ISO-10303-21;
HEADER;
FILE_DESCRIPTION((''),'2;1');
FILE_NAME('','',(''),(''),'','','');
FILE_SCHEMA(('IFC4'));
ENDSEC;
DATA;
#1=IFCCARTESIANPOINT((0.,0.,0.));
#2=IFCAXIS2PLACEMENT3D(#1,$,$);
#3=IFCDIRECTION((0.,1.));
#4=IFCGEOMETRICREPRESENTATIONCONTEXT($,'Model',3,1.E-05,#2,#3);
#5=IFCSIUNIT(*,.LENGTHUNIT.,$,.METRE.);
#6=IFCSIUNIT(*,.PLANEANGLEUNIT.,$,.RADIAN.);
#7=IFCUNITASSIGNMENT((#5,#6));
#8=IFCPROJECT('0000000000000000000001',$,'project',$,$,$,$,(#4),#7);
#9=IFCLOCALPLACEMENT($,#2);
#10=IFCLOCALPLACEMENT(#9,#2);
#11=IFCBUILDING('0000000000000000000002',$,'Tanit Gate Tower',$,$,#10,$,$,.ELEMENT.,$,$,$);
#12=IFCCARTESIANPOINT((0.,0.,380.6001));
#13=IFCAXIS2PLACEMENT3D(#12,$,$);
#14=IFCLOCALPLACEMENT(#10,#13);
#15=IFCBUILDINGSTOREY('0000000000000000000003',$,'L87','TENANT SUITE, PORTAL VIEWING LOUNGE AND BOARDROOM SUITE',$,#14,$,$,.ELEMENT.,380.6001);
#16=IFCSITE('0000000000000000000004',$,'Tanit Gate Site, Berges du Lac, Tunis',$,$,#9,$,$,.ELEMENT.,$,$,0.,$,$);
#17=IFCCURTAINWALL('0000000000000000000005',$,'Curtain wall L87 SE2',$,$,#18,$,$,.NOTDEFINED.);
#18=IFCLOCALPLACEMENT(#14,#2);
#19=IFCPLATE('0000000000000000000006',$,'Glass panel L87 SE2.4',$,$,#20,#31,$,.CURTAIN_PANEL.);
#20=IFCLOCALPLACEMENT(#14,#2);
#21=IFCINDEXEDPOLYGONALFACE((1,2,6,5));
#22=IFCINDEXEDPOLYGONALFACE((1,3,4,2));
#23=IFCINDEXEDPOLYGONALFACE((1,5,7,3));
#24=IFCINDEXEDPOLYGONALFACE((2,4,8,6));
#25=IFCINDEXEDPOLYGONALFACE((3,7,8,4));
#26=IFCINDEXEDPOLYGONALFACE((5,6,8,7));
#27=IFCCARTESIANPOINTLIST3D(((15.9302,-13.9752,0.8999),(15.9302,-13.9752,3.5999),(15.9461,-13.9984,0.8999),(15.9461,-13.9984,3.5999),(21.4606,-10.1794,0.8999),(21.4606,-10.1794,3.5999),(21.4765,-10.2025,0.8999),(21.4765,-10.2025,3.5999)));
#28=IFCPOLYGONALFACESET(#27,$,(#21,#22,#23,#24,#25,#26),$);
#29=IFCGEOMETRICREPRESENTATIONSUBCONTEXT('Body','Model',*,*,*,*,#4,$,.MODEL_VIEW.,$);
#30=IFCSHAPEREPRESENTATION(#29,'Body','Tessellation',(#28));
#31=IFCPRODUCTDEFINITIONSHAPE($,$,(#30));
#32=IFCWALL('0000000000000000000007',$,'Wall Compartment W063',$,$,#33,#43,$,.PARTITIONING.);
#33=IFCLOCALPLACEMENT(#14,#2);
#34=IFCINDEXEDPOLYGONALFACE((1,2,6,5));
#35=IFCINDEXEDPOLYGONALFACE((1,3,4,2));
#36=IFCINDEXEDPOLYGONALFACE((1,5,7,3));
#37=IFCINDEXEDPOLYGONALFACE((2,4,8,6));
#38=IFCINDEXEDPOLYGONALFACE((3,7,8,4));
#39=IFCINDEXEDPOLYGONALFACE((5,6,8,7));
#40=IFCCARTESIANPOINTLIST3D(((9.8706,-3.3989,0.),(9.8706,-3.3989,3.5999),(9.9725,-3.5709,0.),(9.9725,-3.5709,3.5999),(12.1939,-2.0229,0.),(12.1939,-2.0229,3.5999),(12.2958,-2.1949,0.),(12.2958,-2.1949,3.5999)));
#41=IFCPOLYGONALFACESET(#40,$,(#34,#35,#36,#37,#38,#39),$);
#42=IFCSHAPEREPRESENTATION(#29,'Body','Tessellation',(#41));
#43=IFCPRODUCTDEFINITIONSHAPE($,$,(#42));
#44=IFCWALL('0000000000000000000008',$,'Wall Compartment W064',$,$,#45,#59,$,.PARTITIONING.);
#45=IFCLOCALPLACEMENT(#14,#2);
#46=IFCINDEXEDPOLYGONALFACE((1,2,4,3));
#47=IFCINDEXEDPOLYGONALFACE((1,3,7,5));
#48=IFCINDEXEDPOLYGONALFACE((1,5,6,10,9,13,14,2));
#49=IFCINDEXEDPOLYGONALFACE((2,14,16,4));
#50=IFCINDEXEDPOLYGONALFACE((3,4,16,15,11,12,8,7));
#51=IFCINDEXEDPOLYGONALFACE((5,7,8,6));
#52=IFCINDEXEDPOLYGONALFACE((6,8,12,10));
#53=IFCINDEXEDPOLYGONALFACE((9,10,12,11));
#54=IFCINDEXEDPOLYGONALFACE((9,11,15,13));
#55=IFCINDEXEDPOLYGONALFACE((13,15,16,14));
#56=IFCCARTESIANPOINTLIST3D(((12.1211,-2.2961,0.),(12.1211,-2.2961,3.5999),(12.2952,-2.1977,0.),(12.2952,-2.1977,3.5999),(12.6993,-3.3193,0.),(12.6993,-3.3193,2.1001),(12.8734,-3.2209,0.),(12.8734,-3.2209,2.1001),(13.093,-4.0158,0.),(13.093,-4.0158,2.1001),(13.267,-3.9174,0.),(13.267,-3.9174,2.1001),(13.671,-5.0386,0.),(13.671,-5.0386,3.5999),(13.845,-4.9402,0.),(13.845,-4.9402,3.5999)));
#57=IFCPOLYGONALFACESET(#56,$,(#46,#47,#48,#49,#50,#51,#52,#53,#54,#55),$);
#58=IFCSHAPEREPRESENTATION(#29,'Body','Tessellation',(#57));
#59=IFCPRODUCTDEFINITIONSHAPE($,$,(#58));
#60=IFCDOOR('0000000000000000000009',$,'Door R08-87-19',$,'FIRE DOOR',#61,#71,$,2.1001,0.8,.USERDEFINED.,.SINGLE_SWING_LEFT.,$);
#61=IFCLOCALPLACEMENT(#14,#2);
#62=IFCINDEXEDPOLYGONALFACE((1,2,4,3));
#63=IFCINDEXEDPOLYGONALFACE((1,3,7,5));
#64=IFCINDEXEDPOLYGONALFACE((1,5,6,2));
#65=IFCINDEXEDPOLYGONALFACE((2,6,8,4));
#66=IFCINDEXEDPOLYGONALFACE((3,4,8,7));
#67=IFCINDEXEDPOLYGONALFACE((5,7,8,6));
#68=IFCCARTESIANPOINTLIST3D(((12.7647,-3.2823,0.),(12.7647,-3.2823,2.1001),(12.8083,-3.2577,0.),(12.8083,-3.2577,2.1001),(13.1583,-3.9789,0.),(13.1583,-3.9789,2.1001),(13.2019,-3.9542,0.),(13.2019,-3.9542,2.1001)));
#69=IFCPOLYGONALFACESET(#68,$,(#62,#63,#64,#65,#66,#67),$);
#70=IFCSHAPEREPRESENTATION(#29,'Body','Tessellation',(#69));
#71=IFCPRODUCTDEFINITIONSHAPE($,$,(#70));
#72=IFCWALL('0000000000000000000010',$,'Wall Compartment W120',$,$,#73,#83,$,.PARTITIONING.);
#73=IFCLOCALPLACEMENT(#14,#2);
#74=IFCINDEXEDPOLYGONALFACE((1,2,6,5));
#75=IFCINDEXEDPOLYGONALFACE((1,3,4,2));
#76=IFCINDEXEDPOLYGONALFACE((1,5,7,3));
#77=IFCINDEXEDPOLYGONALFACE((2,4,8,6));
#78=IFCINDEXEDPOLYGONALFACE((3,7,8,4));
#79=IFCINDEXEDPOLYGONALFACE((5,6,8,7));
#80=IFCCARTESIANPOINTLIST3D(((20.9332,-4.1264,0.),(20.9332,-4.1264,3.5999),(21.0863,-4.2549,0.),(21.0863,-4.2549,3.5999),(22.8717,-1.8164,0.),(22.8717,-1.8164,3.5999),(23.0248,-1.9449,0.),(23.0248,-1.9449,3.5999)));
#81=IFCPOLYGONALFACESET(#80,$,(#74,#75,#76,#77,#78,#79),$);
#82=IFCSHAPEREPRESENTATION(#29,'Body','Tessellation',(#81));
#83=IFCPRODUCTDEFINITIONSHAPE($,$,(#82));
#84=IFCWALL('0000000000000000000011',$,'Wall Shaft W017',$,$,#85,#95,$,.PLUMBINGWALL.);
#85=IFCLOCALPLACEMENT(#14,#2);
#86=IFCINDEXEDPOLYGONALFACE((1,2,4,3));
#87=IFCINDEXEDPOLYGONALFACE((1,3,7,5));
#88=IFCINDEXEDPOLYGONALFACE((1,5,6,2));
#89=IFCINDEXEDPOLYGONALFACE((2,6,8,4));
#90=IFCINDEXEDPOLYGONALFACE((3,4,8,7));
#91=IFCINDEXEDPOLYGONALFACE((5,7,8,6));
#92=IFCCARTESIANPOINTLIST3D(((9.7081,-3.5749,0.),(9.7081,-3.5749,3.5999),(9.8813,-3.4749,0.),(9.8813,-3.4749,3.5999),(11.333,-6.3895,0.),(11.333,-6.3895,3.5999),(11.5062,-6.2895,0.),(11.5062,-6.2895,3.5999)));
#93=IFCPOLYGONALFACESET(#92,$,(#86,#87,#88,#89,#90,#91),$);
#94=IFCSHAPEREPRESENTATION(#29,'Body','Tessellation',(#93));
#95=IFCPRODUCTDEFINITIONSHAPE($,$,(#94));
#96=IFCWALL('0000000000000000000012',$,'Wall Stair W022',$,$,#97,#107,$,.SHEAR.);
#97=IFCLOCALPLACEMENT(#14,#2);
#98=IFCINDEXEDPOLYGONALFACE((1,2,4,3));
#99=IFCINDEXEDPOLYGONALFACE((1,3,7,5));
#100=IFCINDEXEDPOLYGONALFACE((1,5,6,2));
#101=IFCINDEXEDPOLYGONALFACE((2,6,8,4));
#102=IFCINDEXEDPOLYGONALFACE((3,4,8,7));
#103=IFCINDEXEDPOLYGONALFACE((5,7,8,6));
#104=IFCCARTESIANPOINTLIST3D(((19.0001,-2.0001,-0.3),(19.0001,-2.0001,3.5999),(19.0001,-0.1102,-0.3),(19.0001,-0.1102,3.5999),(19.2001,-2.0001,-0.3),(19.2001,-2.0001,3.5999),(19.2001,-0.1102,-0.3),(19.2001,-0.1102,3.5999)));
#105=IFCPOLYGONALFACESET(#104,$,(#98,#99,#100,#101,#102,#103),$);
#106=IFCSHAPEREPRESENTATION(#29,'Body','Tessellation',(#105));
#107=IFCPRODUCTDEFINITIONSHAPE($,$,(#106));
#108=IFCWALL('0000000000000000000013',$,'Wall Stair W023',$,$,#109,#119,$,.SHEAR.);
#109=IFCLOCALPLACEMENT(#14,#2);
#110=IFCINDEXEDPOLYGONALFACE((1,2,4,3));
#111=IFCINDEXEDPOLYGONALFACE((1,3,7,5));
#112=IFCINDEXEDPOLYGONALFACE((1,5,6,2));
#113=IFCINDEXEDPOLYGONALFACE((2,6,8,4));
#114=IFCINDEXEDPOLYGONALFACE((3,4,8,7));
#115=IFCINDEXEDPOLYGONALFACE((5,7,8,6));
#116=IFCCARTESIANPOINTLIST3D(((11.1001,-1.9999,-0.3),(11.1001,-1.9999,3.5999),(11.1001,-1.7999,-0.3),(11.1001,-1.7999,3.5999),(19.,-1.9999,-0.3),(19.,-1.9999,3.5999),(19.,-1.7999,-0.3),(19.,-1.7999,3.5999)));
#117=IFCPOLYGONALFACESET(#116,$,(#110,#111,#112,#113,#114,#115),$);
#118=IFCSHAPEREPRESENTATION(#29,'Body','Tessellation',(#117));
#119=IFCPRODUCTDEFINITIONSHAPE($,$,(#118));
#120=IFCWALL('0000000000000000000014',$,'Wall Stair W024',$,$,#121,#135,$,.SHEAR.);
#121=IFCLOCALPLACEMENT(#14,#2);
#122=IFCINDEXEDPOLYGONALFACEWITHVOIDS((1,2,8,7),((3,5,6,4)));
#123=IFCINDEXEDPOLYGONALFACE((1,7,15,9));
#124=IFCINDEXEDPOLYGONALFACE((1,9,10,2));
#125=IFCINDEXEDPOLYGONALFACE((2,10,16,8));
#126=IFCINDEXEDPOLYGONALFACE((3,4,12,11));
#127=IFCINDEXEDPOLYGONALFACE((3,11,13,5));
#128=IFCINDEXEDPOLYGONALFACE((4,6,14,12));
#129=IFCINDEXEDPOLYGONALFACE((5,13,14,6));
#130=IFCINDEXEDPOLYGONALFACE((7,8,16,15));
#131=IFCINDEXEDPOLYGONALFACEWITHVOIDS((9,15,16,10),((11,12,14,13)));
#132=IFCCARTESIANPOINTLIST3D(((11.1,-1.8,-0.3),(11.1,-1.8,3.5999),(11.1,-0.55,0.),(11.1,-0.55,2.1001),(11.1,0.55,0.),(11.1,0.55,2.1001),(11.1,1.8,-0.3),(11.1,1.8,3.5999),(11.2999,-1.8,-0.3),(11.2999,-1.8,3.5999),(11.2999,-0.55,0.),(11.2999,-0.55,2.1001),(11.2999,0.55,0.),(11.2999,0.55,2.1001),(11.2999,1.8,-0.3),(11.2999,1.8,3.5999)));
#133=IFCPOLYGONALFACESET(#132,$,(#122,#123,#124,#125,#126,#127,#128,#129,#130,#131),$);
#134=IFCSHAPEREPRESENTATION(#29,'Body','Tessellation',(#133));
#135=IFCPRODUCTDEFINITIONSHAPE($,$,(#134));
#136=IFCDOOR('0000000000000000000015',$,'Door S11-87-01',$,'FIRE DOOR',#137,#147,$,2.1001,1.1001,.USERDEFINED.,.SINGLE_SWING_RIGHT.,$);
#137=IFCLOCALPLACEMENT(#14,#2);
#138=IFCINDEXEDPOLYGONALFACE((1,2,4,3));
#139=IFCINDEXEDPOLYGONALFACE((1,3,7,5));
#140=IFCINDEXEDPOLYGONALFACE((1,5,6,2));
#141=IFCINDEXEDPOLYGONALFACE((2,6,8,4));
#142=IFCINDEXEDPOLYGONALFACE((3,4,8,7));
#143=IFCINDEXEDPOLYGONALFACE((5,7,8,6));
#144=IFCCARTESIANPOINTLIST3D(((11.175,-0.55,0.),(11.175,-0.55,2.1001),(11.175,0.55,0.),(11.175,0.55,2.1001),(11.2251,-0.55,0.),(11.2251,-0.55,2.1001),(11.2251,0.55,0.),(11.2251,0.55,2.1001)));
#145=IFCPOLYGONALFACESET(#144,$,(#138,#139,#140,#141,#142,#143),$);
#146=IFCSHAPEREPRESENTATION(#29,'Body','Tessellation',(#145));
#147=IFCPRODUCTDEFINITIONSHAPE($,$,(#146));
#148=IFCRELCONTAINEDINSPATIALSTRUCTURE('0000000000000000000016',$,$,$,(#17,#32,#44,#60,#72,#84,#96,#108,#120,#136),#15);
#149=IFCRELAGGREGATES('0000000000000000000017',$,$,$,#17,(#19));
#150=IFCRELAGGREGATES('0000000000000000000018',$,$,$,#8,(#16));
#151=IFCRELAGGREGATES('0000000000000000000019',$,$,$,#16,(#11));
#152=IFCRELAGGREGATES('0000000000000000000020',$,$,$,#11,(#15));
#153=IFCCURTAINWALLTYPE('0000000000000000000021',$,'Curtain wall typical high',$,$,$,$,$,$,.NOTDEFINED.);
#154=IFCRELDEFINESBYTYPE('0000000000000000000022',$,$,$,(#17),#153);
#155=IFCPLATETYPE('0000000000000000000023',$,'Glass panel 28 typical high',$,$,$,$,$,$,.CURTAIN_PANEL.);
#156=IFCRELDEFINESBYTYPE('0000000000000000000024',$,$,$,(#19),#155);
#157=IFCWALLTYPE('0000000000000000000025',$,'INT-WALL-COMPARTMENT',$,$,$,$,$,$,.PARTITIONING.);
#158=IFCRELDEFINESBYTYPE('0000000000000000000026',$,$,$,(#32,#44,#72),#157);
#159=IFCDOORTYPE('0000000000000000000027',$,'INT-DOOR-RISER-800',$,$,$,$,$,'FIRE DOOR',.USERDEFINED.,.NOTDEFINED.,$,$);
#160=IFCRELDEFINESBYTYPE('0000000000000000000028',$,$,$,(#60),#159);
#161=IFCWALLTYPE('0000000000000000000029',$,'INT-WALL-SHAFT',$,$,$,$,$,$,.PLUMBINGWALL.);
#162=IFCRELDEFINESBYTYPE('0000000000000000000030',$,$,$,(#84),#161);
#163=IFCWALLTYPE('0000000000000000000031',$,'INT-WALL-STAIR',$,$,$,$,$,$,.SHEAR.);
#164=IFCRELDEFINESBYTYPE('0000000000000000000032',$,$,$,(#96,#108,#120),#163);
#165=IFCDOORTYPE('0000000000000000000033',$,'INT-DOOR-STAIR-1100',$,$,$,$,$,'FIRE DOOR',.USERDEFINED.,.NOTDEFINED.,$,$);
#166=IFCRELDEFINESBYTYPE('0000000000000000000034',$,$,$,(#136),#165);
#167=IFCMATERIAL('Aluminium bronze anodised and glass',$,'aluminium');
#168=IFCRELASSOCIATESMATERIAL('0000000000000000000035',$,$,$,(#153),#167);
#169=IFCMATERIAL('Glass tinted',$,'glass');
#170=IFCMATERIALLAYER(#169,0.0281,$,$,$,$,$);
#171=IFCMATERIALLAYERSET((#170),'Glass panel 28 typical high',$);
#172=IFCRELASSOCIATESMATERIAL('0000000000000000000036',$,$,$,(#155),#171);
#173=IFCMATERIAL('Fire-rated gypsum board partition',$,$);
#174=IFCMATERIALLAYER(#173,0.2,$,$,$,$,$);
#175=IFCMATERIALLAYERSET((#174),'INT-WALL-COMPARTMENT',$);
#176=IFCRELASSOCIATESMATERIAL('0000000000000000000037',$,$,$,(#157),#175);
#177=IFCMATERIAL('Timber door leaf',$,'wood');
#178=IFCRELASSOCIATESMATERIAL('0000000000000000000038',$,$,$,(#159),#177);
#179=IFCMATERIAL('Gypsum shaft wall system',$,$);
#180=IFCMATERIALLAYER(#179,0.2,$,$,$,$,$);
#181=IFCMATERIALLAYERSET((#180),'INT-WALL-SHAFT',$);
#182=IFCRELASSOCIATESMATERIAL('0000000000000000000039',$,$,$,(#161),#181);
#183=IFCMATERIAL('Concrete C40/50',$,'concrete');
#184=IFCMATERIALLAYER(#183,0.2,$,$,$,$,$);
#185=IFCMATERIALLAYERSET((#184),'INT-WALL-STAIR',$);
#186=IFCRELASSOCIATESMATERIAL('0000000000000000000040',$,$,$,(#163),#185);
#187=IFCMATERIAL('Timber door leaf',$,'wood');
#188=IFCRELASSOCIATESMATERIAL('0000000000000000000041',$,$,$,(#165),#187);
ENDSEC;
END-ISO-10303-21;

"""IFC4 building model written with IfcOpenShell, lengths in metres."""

from ifc_helpers import new_model, si_unit, direction, frame, frame_2d, origin, origin_2d, place, context, subcontext, project, spatial, rectangle, extrude, material, layer, layer_set, type_object, element, fill, aggregate, save


model = new_model("IFC4")

# Units and contexts
model_context = context("Model", 3, precision=1e-05, world=origin(), true_north=direction((0.0, 1.0)))
body_context = subcontext(model_context, "Body", "Model", "MODEL_VIEW")
ifc_project = project(units=[si_unit("LENGTHUNIT", "METRE"), si_unit("PLANEANGLEUNIT", "RADIAN")], contexts=[model_context])

# Site, building, storey
site_placement = place(None, origin())
site = spatial("IfcSite", under=ifc_project, at=site_placement, Name="Tanit Gate Site, Berges du Lac, Tunis", CompositionType="ELEMENT", RefElevation=0.0)
building_placement = place(site_placement, origin())
building = spatial("IfcBuilding", under=site, at=building_placement, Name="Tanit Gate Tower", CompositionType="ELEMENT")
storey_placement = place(building_placement, frame((0.0, 0.0, 380.6001)))
storey = spatial("IfcBuildingStorey", under=building, at=storey_placement, Name="L87", Description="TENANT SUITE, PORTAL VIEWING LOUNGE AND BOARDROOM SUITE", CompositionType="ELEMENT", Elevation=380.6001)

# Curtain wall
ifc_material_1 = material(Name="Aluminium bronze anodised and glass", Category="aluminium")
curtain_wall_type = type_object("IfcCurtainWallType", Name="Curtain wall typical high", PredefinedType="NOTDEFINED", material=ifc_material_1)
curtain_wall_placement = place(storey_placement, origin())
curtain_wall = element("IfcCurtainWall", 1, at=curtain_wall_placement, inside=storey, type_object=curtain_wall_type, Name="Curtain wall L87 SE2", PredefinedType="NOTDEFINED")

# Plate
ifc_material_2 = material(Name="Glass tinted", Category="glass")
ifc_layer_1 = layer(ifc_material_2, 0.0281)
ifc_layer_set_1 = layer_set([ifc_layer_1], Name="Glass panel 28 typical high")
plate_type = type_object("IfcPlateType", Name="Glass panel 28 typical high", PredefinedType="CURTAIN_PANEL", material=ifc_layer_set_1)
plate_1_placement = place(storey_placement, frame((18.7034, -12.0889, 0.8999), z_axis=(0.0, 0.0, 1.0), x_axis=(0.824479, 0.565893, 0.0)))
plate_1 = element("IfcPlate", 2, at=plate_1_placement, type_object=plate_type, Name="Glass panel L87 SE2.4", PredefinedType="CURTAIN_PANEL", context=body_context, shape_type="SweptSolid", body=[
    extrude(rectangle(XDim=6.7078, YDim=0.0281, at=origin_2d()), origin(), (0.0, 0.0, 1.0), 2.7),
])
aggregate(curtain_wall, [plate_1])

# Wall
ifc_material_3 = material(Name="Fire-rated gypsum board partition")
ifc_layer_2 = layer(ifc_material_3, 0.2)
ifc_layer_set_2 = layer_set([ifc_layer_2], Name="INT-WALL-COMPARTMENT")
wall_type_1 = type_object("IfcWallType", Name="INT-WALL-COMPARTMENT", PredefinedType="PARTITIONING", material=ifc_layer_set_2)
wall_1_placement = place(storey_placement, frame((12.2449, -2.1089, 0.0), z_axis=(0.0, 0.0, 1.0), x_axis=(-0.860415, -0.509594, 0.0)))
element("IfcWall", 3, at=wall_1_placement, inside=storey, type_object=wall_type_1, Name="Wall Compartment W063", PredefinedType="PARTITIONING", context=body_context, shape_type="SweptSolid", body=[
    extrude(rectangle(XDim=2.7002, YDim=0.2, at=frame_2d((1.3501, 0.0))), origin(), (0.0, 0.0, 1.0), 3.5999),
])

# Wall, opening, door
wall_2_placement = place(storey_placement, frame((13.7581, -4.9895, 0.0), z_axis=(0.0, 0.0, 1.0), x_axis=(-0.491993, 0.870599, 0.0)))
wall_2 = element("IfcWall", 4, at=wall_2_placement, inside=storey, type_object=wall_type_1, Name="Wall Compartment W064", PredefinedType="PARTITIONING", context=body_context, shape_type="SweptSolid", body=[
    extrude(rectangle(XDim=3.1501, YDim=0.2, at=frame_2d((1.5752, 0.0))), origin(), (0.0, 0.0, 1.0), 3.5999),
])
opening_1_placement = place(wall_2_placement, frame((1.175, 0.0, 0.0)))
opening_1 = element("IfcOpeningElement", 5, at=opening_1_placement, cuts=wall_2, PredefinedType="OPENING", context=body_context, shape_type="SweptSolid", body=[
    extrude(rectangle(XDim=0.8, YDim=2.1001, at=frame_2d((0.3999, 1.05))), frame((0.0, 0.1099, 0.0), z_axis=(0.0, -1.0, 0.0), x_axis=(1.0, 0.0, 0.0)), (0.0, 0.0, 1.0), 0.22),
])
ifc_material_4 = material(Name="Timber door leaf", Category="wood")
door_type_1 = type_object("IfcDoorType", Name="INT-DOOR-RISER-800", ElementType="FIRE DOOR", OperationType="NOTDEFINED", PredefinedType="USERDEFINED", material=ifc_material_4)
door_1_placement = place(opening_1_placement, origin())
door_1 = element("IfcDoor", 6, at=door_1_placement, inside=storey, type_object=door_type_1, Name="Door R08-87-19", ObjectType="FIRE DOOR", OperationType="SINGLE_SWING_LEFT", OverallHeight=2.1001, OverallWidth=0.8, PredefinedType="USERDEFINED", context=body_context, shape_type="SweptSolid", body=[
    extrude(rectangle(XDim=0.8, YDim=2.1001, at=frame_2d((0.3999, 1.05))), frame((0.0, 0.0249, 0.0), z_axis=(0.0, -1.0, 0.0), x_axis=(1.0, 0.0, 0.0)), (0.0, 0.0, 1.0), 0.05),
])
fill(opening_1, door_1)

# Walls
wall_3_placement = place(storey_placement, frame((21.0098, -4.1907, 0.0), z_axis=(0.0, 0.0, 1.0), x_axis=(0.642808, 0.766027, 0.0)))
element("IfcWall", 7, at=wall_3_placement, inside=storey, type_object=wall_type_1, Name="Wall Compartment W120", PredefinedType="PARTITIONING", context=body_context, shape_type="SweptSolid", body=[
    extrude(rectangle(XDim=3.0156, YDim=0.2, at=frame_2d((1.5078, 0.0))), origin(), (0.0, 0.0, 1.0), 3.5999),
])
ifc_material_5 = material(Name="Gypsum shaft wall system")
ifc_layer_3 = layer(ifc_material_5, 0.2)
ifc_layer_set_3 = layer_set([ifc_layer_3], Name="INT-WALL-SHAFT")
wall_type_2 = type_object("IfcWallType", Name="INT-WALL-SHAFT", PredefinedType="PLUMBINGWALL", material=ifc_layer_set_3)
wall_4_placement = place(storey_placement, frame((9.7947, -3.5249, 0.0), z_axis=(0.0, 0.0, 1.0), x_axis=(0.499985, -0.866034, 0.0)))
element("IfcWall", 8, at=wall_4_placement, inside=storey, type_object=wall_type_2, Name="Wall Shaft W017", PredefinedType="PLUMBINGWALL", context=body_context, shape_type="SweptSolid", body=[
    extrude(rectangle(XDim=3.25, YDim=0.2, at=frame_2d((1.625, 0.0))), origin(), (0.0, 0.0, 1.0), 3.5999),
])
ifc_material_6 = material(Name="Concrete C40/50", Category="concrete")
ifc_layer_4 = layer(ifc_material_6, 0.2)
ifc_layer_set_4 = layer_set([ifc_layer_4], Name="INT-WALL-STAIR")
wall_type_3 = type_object("IfcWallType", Name="INT-WALL-STAIR", PredefinedType="SHEAR", material=ifc_layer_set_4)
wall_5_placement = place(storey_placement, frame((19.1001, -2.0, -0.3), z_axis=(0.0, 0.0, 1.0), x_axis=(0.0, 1.0, 0.0)))
element("IfcWall", 9, at=wall_5_placement, inside=storey, type_object=wall_type_3, Name="Wall Stair W022", PredefinedType="SHEAR", context=body_context, shape_type="SweptSolid", body=[
    extrude(rectangle(XDim=1.8899, YDim=0.2, at=frame_2d((0.9448, 0.0))), origin(), (0.0, 0.0, 1.0), 3.8999),
])
wall_6_placement = place(storey_placement, frame((11.1001, -1.8999, -0.3), z_axis=(0.0, 0.0, 1.0), x_axis=(1.0, 0.0, 0.0)))
element("IfcWall", 10, at=wall_6_placement, inside=storey, type_object=wall_type_3, Name="Wall Stair W023", PredefinedType="SHEAR", context=body_context, shape_type="SweptSolid", body=[
    extrude(rectangle(XDim=7.8999, YDim=0.2, at=frame_2d((3.95, 0.0))), origin(), (0.0, 0.0, 1.0), 3.8999),
])

# Wall, opening, door
wall_7_placement = place(storey_placement, frame((11.2, -1.8, -0.3), z_axis=(0.0, 0.0, 1.0), x_axis=(0.0, 1.0, 0.0)))
wall_7 = element("IfcWall", 11, at=wall_7_placement, inside=storey, type_object=wall_type_3, Name="Wall Stair W024", PredefinedType="SHEAR", context=body_context, shape_type="SweptSolid", body=[
    extrude(rectangle(XDim=3.6001, YDim=0.2, at=frame_2d((1.8, 0.0))), origin(), (0.0, 0.0, 1.0), 3.8999),
])
opening_2_placement = place(wall_7_placement, frame((1.25, 0.0, 0.3)))
opening_2 = element("IfcOpeningElement", 12, at=opening_2_placement, cuts=wall_7, PredefinedType="OPENING", context=body_context, shape_type="SweptSolid", body=[
    extrude(rectangle(XDim=1.1001, YDim=2.1001, at=frame_2d((0.55, 1.05))), frame((0.0, 0.1099, 0.0), z_axis=(0.0, -1.0, 0.0), x_axis=(1.0, 0.0, 0.0)), (0.0, 0.0, 1.0), 0.22),
])
ifc_material_7 = material(Name="Timber door leaf", Category="wood")
door_type_2 = type_object("IfcDoorType", Name="INT-DOOR-STAIR-1100", ElementType="FIRE DOOR", OperationType="NOTDEFINED", PredefinedType="USERDEFINED", material=ifc_material_7)
door_2_placement = place(opening_2_placement, origin())
door_2 = element("IfcDoor", 13, at=door_2_placement, inside=storey, type_object=door_type_2, Name="Door S11-87-01", ObjectType="FIRE DOOR", OperationType="SINGLE_SWING_RIGHT", OverallHeight=2.1001, OverallWidth=1.1001, PredefinedType="USERDEFINED", context=body_context, shape_type="SweptSolid", body=[
    extrude(rectangle(XDim=1.1001, YDim=2.1001, at=frame_2d((0.55, 1.05))), frame((0.0, 0.0249, 0.0), z_axis=(0.0, -1.0, 0.0), x_axis=(1.0, 0.0, 0.0)), (0.0, 0.0, 1.0), 0.05),
])
fill(opening_2, door_2)

save(model, "model.ifc")
